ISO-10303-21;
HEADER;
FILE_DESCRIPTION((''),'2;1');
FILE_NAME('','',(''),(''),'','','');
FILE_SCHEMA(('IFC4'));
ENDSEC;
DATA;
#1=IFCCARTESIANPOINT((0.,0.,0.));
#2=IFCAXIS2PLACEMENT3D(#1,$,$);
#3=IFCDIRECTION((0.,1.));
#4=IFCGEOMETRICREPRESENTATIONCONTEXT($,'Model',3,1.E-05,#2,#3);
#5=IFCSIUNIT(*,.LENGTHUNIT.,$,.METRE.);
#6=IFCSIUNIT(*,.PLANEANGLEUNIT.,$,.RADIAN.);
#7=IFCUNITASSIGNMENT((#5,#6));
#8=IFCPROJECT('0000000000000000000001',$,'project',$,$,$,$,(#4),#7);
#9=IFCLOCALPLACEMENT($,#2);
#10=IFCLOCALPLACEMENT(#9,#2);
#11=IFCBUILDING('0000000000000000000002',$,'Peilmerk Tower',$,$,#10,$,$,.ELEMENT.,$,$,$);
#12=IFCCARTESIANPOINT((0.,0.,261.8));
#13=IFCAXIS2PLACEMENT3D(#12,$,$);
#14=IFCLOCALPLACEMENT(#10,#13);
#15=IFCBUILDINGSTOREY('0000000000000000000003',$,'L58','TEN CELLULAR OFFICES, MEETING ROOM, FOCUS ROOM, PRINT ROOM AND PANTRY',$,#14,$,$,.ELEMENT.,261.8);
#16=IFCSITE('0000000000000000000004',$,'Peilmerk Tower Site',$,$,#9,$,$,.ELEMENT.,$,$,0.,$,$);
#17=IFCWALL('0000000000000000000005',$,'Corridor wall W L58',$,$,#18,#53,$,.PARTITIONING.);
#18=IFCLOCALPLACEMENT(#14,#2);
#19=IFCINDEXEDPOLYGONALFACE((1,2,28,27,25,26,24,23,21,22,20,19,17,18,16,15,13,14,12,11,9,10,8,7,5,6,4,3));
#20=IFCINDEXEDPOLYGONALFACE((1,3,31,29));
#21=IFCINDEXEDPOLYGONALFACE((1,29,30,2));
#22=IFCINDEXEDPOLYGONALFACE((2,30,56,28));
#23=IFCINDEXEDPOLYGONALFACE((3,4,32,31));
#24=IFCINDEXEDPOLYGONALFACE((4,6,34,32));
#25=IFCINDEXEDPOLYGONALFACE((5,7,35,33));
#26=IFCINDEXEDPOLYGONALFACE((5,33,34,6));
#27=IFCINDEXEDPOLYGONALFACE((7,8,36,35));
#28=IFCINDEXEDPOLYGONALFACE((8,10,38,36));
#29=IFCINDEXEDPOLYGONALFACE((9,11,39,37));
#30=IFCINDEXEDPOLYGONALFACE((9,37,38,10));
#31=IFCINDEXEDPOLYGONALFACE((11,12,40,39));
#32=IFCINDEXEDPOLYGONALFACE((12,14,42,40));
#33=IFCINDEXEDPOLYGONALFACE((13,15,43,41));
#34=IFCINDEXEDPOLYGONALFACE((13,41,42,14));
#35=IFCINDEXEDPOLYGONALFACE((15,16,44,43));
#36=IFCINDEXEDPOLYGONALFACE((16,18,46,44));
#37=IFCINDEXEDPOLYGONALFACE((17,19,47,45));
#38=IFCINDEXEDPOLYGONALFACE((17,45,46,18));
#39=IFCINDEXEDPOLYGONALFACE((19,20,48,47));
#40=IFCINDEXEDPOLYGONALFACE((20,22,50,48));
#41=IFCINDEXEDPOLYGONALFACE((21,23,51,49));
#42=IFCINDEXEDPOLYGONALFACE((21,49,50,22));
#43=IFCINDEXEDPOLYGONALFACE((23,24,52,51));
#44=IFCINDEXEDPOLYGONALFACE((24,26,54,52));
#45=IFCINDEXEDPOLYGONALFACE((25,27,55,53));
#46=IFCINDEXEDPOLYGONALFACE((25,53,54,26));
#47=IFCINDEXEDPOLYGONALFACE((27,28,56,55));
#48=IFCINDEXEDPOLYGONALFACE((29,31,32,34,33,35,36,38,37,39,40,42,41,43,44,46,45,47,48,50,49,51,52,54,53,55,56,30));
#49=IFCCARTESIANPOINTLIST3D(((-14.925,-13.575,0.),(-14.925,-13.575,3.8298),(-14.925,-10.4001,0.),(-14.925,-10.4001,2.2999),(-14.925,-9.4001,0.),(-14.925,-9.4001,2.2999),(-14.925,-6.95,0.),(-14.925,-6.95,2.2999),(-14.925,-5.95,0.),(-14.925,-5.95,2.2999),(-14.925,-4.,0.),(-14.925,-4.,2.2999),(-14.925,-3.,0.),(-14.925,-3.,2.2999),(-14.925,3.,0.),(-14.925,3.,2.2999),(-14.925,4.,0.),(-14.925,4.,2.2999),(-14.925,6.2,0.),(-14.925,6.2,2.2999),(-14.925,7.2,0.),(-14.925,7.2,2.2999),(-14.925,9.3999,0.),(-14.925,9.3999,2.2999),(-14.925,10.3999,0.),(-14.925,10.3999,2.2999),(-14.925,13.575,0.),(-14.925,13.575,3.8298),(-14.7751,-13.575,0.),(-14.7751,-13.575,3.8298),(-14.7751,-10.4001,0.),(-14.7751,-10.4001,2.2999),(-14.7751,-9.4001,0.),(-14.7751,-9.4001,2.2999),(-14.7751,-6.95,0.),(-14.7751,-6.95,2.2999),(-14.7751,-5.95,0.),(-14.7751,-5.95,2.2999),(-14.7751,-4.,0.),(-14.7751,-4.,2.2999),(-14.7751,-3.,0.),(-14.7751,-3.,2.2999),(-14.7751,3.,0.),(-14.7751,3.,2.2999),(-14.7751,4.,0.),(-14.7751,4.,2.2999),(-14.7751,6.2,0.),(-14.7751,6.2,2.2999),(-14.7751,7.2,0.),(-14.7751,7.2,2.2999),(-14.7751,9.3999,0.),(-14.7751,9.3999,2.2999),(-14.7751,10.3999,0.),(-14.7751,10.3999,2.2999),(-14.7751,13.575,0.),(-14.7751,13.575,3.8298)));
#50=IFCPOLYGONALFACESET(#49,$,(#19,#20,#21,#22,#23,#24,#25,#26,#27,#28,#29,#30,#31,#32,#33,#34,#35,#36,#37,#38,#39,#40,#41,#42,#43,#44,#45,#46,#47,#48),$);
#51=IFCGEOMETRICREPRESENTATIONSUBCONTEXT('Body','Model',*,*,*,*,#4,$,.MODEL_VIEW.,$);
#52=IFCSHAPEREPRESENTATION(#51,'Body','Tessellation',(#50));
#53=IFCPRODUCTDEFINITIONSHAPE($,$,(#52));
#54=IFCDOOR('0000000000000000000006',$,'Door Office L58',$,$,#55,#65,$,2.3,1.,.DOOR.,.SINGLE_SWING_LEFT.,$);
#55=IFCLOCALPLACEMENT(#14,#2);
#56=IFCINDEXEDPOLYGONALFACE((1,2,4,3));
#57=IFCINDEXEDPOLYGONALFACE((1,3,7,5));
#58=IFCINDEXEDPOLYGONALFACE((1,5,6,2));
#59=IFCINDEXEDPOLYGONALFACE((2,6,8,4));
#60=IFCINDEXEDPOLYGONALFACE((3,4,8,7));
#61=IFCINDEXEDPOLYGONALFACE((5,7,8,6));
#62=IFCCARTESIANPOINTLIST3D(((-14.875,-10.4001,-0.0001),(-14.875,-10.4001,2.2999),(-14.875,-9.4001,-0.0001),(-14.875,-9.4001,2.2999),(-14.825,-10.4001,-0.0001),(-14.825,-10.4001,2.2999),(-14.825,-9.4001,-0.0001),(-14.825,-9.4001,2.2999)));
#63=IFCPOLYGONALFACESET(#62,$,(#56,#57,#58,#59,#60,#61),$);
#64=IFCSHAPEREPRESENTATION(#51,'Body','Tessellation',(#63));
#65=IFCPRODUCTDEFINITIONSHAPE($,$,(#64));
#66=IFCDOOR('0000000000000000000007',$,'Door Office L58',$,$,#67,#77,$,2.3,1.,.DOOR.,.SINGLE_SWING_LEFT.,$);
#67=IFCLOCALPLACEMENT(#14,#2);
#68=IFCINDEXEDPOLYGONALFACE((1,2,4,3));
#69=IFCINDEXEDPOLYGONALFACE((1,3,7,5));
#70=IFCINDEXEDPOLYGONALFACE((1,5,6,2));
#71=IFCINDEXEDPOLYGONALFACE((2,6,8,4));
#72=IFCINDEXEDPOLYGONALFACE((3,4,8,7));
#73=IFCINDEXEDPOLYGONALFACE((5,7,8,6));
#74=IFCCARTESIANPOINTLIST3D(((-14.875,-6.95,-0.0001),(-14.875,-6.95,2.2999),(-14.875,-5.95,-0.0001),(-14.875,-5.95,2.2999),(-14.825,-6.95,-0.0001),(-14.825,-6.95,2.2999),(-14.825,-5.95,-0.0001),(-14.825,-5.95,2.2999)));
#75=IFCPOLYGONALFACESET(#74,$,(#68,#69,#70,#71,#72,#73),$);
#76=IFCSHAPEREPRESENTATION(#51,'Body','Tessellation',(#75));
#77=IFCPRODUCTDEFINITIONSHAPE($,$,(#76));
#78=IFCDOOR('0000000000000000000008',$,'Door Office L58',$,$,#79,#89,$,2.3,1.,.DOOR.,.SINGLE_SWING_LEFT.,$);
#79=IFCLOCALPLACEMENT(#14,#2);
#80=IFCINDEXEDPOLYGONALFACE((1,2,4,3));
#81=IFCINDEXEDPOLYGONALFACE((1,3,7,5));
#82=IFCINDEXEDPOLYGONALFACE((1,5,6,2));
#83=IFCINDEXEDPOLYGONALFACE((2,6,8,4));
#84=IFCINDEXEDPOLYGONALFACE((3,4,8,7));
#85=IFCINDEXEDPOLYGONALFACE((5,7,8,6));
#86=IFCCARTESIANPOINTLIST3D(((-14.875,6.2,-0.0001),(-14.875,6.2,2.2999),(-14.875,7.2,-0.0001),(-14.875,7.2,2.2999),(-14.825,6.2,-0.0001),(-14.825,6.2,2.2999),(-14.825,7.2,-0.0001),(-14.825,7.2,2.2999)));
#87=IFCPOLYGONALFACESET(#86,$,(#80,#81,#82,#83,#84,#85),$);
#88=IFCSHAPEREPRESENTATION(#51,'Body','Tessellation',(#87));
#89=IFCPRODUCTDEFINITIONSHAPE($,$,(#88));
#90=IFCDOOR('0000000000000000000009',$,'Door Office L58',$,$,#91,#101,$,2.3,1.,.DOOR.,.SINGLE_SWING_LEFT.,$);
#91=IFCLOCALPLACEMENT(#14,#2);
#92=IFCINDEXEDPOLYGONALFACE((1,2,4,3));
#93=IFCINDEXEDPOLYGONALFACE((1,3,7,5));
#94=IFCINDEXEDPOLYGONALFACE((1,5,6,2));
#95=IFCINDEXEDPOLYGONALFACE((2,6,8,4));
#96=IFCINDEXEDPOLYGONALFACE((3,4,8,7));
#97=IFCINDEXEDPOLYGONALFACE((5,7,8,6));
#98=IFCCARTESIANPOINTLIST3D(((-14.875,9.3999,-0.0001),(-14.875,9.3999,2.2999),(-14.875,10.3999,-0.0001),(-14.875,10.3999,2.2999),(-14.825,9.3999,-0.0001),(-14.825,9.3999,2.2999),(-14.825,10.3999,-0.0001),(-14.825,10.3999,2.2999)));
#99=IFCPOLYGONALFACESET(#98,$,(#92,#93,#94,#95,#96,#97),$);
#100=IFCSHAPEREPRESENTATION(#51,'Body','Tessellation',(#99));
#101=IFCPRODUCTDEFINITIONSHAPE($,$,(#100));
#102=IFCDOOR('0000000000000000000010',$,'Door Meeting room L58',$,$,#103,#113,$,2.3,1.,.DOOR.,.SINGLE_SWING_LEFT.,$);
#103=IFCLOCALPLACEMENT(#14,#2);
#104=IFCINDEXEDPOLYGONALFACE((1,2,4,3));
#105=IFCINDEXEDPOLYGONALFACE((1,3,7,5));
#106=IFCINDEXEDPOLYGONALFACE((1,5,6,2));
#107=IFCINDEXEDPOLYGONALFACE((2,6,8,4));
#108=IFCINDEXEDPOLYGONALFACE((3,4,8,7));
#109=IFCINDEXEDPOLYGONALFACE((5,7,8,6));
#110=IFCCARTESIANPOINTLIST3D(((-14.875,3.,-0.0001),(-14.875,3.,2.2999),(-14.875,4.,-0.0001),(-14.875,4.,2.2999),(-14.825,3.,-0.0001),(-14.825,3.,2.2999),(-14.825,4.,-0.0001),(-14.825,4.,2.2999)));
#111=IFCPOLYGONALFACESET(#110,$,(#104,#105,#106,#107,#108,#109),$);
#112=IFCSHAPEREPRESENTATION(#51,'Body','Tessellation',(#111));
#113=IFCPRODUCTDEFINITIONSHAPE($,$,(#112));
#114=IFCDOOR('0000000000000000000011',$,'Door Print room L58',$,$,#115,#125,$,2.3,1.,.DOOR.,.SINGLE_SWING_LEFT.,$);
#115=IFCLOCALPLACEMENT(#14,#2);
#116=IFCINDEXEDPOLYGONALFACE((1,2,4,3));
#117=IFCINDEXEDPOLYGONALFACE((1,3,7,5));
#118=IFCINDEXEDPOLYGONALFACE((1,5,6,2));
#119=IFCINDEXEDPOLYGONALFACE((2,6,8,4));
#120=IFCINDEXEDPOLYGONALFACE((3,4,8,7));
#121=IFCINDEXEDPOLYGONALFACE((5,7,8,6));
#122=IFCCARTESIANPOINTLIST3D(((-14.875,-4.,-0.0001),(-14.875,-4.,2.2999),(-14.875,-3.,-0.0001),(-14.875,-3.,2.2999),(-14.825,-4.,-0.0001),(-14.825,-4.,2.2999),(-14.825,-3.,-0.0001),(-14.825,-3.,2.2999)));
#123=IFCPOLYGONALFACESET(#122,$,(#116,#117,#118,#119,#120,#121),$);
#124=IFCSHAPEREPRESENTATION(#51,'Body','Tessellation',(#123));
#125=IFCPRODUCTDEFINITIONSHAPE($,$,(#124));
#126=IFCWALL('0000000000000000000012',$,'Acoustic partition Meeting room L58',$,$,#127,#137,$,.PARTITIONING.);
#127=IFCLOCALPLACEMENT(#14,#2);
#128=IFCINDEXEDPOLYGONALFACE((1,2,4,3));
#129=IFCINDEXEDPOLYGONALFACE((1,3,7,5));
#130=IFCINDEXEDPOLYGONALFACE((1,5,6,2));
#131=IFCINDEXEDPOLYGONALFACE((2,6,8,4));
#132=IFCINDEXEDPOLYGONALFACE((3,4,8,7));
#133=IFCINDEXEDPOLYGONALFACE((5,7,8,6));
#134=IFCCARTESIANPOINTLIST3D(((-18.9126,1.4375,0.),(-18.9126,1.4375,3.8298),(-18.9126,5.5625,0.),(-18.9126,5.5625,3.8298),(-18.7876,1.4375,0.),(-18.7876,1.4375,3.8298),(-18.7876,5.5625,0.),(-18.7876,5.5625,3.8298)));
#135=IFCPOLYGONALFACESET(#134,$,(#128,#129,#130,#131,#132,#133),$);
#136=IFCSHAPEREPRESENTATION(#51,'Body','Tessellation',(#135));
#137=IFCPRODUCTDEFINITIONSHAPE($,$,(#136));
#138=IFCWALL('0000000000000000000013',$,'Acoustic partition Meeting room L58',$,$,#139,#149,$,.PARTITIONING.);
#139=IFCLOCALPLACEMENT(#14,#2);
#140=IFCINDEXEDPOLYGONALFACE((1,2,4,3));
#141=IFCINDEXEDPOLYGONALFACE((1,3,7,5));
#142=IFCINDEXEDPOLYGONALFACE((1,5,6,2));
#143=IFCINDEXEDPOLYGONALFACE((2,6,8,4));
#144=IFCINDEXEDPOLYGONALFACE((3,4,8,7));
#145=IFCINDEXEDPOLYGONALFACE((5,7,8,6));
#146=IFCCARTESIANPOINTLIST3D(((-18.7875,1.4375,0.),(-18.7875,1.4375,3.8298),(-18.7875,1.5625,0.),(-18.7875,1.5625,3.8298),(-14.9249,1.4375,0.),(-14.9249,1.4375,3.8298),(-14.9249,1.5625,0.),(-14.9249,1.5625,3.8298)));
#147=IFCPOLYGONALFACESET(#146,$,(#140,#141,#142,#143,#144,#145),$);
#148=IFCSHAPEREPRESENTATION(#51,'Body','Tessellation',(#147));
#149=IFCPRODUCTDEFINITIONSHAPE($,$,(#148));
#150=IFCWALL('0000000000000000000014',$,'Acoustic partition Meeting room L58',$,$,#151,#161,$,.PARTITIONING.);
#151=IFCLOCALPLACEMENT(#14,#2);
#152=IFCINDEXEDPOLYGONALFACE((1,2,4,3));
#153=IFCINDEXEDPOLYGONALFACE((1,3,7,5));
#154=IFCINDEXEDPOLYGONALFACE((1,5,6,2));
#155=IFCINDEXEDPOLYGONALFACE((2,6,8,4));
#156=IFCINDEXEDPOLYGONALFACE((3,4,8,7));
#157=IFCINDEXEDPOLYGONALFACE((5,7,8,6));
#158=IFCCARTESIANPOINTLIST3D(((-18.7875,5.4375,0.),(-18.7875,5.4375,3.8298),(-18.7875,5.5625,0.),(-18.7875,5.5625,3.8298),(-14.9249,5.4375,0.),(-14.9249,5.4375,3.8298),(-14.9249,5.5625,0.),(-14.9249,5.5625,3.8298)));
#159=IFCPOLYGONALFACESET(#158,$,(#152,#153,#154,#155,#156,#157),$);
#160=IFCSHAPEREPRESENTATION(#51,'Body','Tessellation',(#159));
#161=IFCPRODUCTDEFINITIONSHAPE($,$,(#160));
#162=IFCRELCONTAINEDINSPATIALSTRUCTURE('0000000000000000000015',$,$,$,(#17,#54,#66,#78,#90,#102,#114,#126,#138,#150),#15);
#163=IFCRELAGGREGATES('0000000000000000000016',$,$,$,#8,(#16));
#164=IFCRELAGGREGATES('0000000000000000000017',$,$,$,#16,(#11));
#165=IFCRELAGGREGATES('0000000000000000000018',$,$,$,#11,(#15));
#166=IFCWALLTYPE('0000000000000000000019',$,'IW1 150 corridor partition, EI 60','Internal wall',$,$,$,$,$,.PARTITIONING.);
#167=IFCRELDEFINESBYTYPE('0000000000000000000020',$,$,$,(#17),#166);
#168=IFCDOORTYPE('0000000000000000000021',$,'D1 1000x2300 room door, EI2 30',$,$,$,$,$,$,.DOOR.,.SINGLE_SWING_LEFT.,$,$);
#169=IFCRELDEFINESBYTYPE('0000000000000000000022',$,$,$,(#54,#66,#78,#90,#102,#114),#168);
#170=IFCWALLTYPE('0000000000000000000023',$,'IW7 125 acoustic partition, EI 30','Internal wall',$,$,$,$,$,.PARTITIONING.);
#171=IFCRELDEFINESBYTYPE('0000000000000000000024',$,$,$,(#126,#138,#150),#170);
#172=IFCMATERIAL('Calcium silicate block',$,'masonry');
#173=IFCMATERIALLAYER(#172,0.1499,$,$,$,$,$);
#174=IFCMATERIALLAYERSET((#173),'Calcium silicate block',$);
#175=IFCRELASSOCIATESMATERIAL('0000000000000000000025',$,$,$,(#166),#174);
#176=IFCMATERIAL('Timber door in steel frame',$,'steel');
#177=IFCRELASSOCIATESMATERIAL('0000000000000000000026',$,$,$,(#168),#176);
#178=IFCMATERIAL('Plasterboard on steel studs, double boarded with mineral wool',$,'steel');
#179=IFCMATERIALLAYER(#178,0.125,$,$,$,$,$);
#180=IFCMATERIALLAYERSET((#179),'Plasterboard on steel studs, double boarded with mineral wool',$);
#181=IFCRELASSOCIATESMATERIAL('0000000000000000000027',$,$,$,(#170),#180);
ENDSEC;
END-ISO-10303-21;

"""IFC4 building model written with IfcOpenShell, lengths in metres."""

from ifc_helpers import new_model, si_unit, direction, frame, frame_2d, origin, place, context, subcontext, project, spatial, rectangle, extrude, material, layer, layer_set, type_object, element, fill, save


model = new_model("IFC4")

# Units and contexts
model_context = context("Model", 3, precision=1e-05, world=origin(), true_north=direction((0.0, 1.0)))
body_context = subcontext(model_context, "Body", "Model", "MODEL_VIEW")
ifc_project = project(units=[si_unit("LENGTHUNIT", "METRE"), si_unit("PLANEANGLEUNIT", "RADIAN")], contexts=[model_context])

# Site, building, storey
site_placement = place(None, origin())
site = spatial("IfcSite", under=ifc_project, at=site_placement, Name="Peilmerk Tower Site", CompositionType="ELEMENT", RefElevation=0.0)
building_placement = place(site_placement, origin())
building = spatial("IfcBuilding", under=site, at=building_placement, Name="Peilmerk Tower", CompositionType="ELEMENT")
storey_placement = place(building_placement, frame((0.0, 0.0, 261.8)))
storey = spatial("IfcBuildingStorey", under=building, at=storey_placement, Name="L58", Description="TEN CELLULAR OFFICES, MEETING ROOM, FOCUS ROOM, PRINT ROOM AND PANTRY", CompositionType="ELEMENT", Elevation=261.8)

# Wall, openings, doors
ifc_material_1 = material(Name="Calcium silicate block", Category="masonry")
ifc_layer_1 = layer(ifc_material_1, 0.1499)
ifc_layer_set_1 = layer_set([ifc_layer_1], Name="Calcium silicate block")
wall_type_1 = type_object("IfcWallType", Name="IW1 150 corridor partition, EI 60", Description="Internal wall", PredefinedType="PARTITIONING", material=ifc_layer_set_1)
wall_1_placement = place(storey_placement, frame((-14.8501, 13.575, 0.0), z_axis=(0.0, 0.0, 1.0), x_axis=(0.0, -1.0, 0.0)))
wall_1 = element("IfcWall", 1, at=wall_1_placement, inside=storey, type_object=wall_type_1, Name="Corridor wall W L58", PredefinedType="PARTITIONING", context=body_context, shape_type="SweptSolid", body=[
    extrude(rectangle(XDim=27.1499, YDim=0.1499, at=frame_2d((13.575, 0.0))), origin(), (0.0, 0.0, 1.0), 3.8298),
])
opening_1_placement = place(wall_1_placement, frame((22.9751, 0.0, 0.0)))
opening_1 = element("IfcOpeningElement", 2, at=opening_1_placement, cuts=wall_1, PredefinedType="OPENING", context=body_context, shape_type="SweptSolid", body=[
    extrude(rectangle(XDim=1.0, YDim=2.3, at=frame_2d((0.5, 1.1499))), frame((0.0, 0.085, 0.0), z_axis=(0.0, -1.0, 0.0), x_axis=(1.0, 0.0, 0.0)), (0.0, 0.0, 1.0), 0.1699),
])
opening_2_placement = place(wall_1_placement, frame((19.5249, 0.0, 0.0)))
opening_2 = element("IfcOpeningElement", 3, at=opening_2_placement, cuts=wall_1, PredefinedType="OPENING", context=body_context, shape_type="SweptSolid", body=[
    extrude(rectangle(XDim=1.0, YDim=2.3, at=frame_2d((0.5, 1.1499))), frame((0.0, 0.085, 0.0), z_axis=(0.0, -1.0, 0.0), x_axis=(1.0, 0.0, 0.0)), (0.0, 0.0, 1.0), 0.1699),
])
opening_3_placement = place(wall_1_placement, frame((6.375, 0.0, 0.0)))
opening_3 = element("IfcOpeningElement", 4, at=opening_3_placement, cuts=wall_1, PredefinedType="OPENING", context=body_context, shape_type="SweptSolid", body=[
    extrude(rectangle(XDim=1.0, YDim=2.3, at=frame_2d((0.5, 1.1499))), frame((0.0, 0.085, 0.0), z_axis=(0.0, -1.0, 0.0), x_axis=(1.0, 0.0, 0.0)), (0.0, 0.0, 1.0), 0.1699),
])
opening_4_placement = place(wall_1_placement, frame((3.175, 0.0, 0.0)))
opening_4 = element("IfcOpeningElement", 5, at=opening_4_placement, cuts=wall_1, PredefinedType="OPENING", context=body_context, shape_type="SweptSolid", body=[
    extrude(rectangle(XDim=1.0, YDim=2.3, at=frame_2d((0.5, 1.1499))), frame((0.0, 0.085, 0.0), z_axis=(0.0, -1.0, 0.0), x_axis=(1.0, 0.0, 0.0)), (0.0, 0.0, 1.0), 0.1699),
])
opening_5_placement = place(wall_1_placement, frame((9.575, 0.0, 0.0)))
opening_5 = element("IfcOpeningElement", 6, at=opening_5_placement, cuts=wall_1, PredefinedType="OPENING", context=body_context, shape_type="SweptSolid", body=[
    extrude(rectangle(XDim=1.0, YDim=2.3, at=frame_2d((0.5, 1.1499))), frame((0.0, 0.085, 0.0), z_axis=(0.0, -1.0, 0.0), x_axis=(1.0, 0.0, 0.0)), (0.0, 0.0, 1.0), 0.1699),
])
opening_6_placement = place(wall_1_placement, frame((16.575, 0.0, 0.0)))
opening_6 = element("IfcOpeningElement", 7, at=opening_6_placement, cuts=wall_1, PredefinedType="OPENING", context=body_context, shape_type="SweptSolid", body=[
    extrude(rectangle(XDim=1.0, YDim=2.3, at=frame_2d((0.5, 1.1499))), frame((0.0, 0.085, 0.0), z_axis=(0.0, -1.0, 0.0), x_axis=(1.0, 0.0, 0.0)), (0.0, 0.0, 1.0), 0.1699),
])
ifc_material_2 = material(Name="Timber door in steel frame", Category="steel")
door_type = type_object("IfcDoorType", Name="D1 1000x2300 room door, EI2 30", OperationType="SINGLE_SWING_LEFT", PredefinedType="DOOR", material=ifc_material_2)
door_1_placement = place(opening_1_placement, frame((1.0, 0.0, 0.0), z_axis=(0.0, 0.0, 1.0), x_axis=(-1.0, 0.0, 0.0)))
door_1 = element("IfcDoor", 8, at=door_1_placement, inside=storey, type_object=door_type, Name="Door Office L58", OperationType="SINGLE_SWING_LEFT", OverallHeight=2.3, OverallWidth=1.0, PredefinedType="DOOR", context=body_context, shape_type="SweptSolid", body=[
    extrude(rectangle(XDim=1.0, YDim=2.3, at=frame_2d((0.5, 1.1499))), frame((0.0, 0.0249, 0.0), z_axis=(0.0, -1.0, 0.0), x_axis=(1.0, 0.0, 0.0)), (0.0, 0.0, 1.0), 0.05),
])
fill(opening_1, door_1)
door_2_placement = place(opening_2_placement, frame((1.0, 0.0, 0.0), z_axis=(0.0, 0.0, 1.0), x_axis=(-1.0, 0.0, 0.0)))
door_2 = element("IfcDoor", 9, at=door_2_placement, inside=storey, type_object=door_type, Name="Door Office L58", OperationType="SINGLE_SWING_LEFT", OverallHeight=2.3, OverallWidth=1.0, PredefinedType="DOOR", context=body_context, shape_type="SweptSolid", body=[
    extrude(rectangle(XDim=1.0, YDim=2.3, at=frame_2d((0.5, 1.1499))), frame((0.0, 0.0249, 0.0), z_axis=(0.0, -1.0, 0.0), x_axis=(1.0, 0.0, 0.0)), (0.0, 0.0, 1.0), 0.05),
])
fill(opening_2, door_2)
door_3_placement = place(opening_3_placement, frame((1.0, 0.0, 0.0), z_axis=(0.0, 0.0, 1.0), x_axis=(-1.0, 0.0, 0.0)))
door_3 = element("IfcDoor", 10, at=door_3_placement, inside=storey, type_object=door_type, Name="Door Office L58", OperationType="SINGLE_SWING_LEFT", OverallHeight=2.3, OverallWidth=1.0, PredefinedType="DOOR", context=body_context, shape_type="SweptSolid", body=[
    extrude(rectangle(XDim=1.0, YDim=2.3, at=frame_2d((0.5, 1.1499))), frame((0.0, 0.0249, 0.0), z_axis=(0.0, -1.0, 0.0), x_axis=(1.0, 0.0, 0.0)), (0.0, 0.0, 1.0), 0.05),
])
fill(opening_3, door_3)
door_4_placement = place(opening_4_placement, frame((1.0, 0.0, 0.0), z_axis=(0.0, 0.0, 1.0), x_axis=(-1.0, 0.0, 0.0)))
door_4 = element("IfcDoor", 11, at=door_4_placement, inside=storey, type_object=door_type, Name="Door Office L58", OperationType="SINGLE_SWING_LEFT", OverallHeight=2.3, OverallWidth=1.0, PredefinedType="DOOR", context=body_context, shape_type="SweptSolid", body=[
    extrude(rectangle(XDim=1.0, YDim=2.3, at=frame_2d((0.5, 1.1499))), frame((0.0, 0.0249, 0.0), z_axis=(0.0, -1.0, 0.0), x_axis=(1.0, 0.0, 0.0)), (0.0, 0.0, 1.0), 0.05),
])
fill(opening_4, door_4)
door_5_placement = place(opening_5_placement, frame((1.0, 0.0, 0.0), z_axis=(0.0, 0.0, 1.0), x_axis=(-1.0, 0.0, 0.0)))
door_5 = element("IfcDoor", 12, at=door_5_placement, inside=storey, type_object=door_type, Name="Door Meeting room L58", OperationType="SINGLE_SWING_LEFT", OverallHeight=2.3, OverallWidth=1.0, PredefinedType="DOOR", context=body_context, shape_type="SweptSolid", body=[
    extrude(rectangle(XDim=1.0, YDim=2.3, at=frame_2d((0.5, 1.1499))), frame((0.0, 0.0249, 0.0), z_axis=(0.0, -1.0, 0.0), x_axis=(1.0, 0.0, 0.0)), (0.0, 0.0, 1.0), 0.05),
])
fill(opening_5, door_5)
door_6_placement = place(opening_6_placement, frame((1.0, 0.0, 0.0), z_axis=(0.0, 0.0, 1.0), x_axis=(-1.0, 0.0, 0.0)))
door_6 = element("IfcDoor", 13, at=door_6_placement, inside=storey, type_object=door_type, Name="Door Print room L58", OperationType="SINGLE_SWING_LEFT", OverallHeight=2.3, OverallWidth=1.0, PredefinedType="DOOR", context=body_context, shape_type="SweptSolid", body=[
    extrude(rectangle(XDim=1.0, YDim=2.3, at=frame_2d((0.5, 1.1499))), frame((0.0, 0.0249, 0.0), z_axis=(0.0, -1.0, 0.0), x_axis=(1.0, 0.0, 0.0)), (0.0, 0.0, 1.0), 0.05),
])
fill(opening_6, door_6)

# Walls
ifc_material_3 = material(Name="Plasterboard on steel studs, double boarded with mineral wool", Category="steel")
ifc_layer_2 = layer(ifc_material_3, 0.125)
ifc_layer_set_2 = layer_set([ifc_layer_2], Name="Plasterboard on steel studs, double boarded with mineral wool")
wall_type_2 = type_object("IfcWallType", Name="IW7 125 acoustic partition, EI 30", Description="Internal wall", PredefinedType="PARTITIONING", material=ifc_layer_set_2)
wall_2_placement = place(storey_placement, frame((-18.8501, 1.4375, 0.0), z_axis=(0.0, 0.0, 1.0), x_axis=(0.0, 1.0, 0.0)))
element("IfcWall", 14, at=wall_2_placement, inside=storey, type_object=wall_type_2, Name="Acoustic partition Meeting room L58", PredefinedType="PARTITIONING", context=body_context, shape_type="SweptSolid", body=[
    extrude(rectangle(XDim=4.125, YDim=0.125, at=frame_2d((2.0625, 0.0))), origin(), (0.0, 0.0, 1.0), 3.8298),
])
for number, where, z_axis, x_axis, name in (
    (15, (-14.925, 1.5, 0.0), (0.0, 0.0, 1.0), (-1.0, 0.0, 0.0), "Acoustic partition Meeting room L58"),
    (16, (-14.925, 5.5, 0.0), (0.0, 0.0, 1.0), (-1.0, 0.0, 0.0), "Acoustic partition Meeting room L58"),
):
    element("IfcWall", number, at=place(storey_placement, frame(where, z_axis=z_axis, x_axis=x_axis)), inside=storey, type_object=wall_type_2, Name=name, PredefinedType="PARTITIONING", context=body_context, shape_type="SweptSolid", body=[
        extrude(rectangle(XDim=3.8625, YDim=0.125, at=frame_2d((1.9312, 0.0))), origin(), (0.0, 0.0, 1.0), 3.8298),
    ])

save(model, "model.ifc")
